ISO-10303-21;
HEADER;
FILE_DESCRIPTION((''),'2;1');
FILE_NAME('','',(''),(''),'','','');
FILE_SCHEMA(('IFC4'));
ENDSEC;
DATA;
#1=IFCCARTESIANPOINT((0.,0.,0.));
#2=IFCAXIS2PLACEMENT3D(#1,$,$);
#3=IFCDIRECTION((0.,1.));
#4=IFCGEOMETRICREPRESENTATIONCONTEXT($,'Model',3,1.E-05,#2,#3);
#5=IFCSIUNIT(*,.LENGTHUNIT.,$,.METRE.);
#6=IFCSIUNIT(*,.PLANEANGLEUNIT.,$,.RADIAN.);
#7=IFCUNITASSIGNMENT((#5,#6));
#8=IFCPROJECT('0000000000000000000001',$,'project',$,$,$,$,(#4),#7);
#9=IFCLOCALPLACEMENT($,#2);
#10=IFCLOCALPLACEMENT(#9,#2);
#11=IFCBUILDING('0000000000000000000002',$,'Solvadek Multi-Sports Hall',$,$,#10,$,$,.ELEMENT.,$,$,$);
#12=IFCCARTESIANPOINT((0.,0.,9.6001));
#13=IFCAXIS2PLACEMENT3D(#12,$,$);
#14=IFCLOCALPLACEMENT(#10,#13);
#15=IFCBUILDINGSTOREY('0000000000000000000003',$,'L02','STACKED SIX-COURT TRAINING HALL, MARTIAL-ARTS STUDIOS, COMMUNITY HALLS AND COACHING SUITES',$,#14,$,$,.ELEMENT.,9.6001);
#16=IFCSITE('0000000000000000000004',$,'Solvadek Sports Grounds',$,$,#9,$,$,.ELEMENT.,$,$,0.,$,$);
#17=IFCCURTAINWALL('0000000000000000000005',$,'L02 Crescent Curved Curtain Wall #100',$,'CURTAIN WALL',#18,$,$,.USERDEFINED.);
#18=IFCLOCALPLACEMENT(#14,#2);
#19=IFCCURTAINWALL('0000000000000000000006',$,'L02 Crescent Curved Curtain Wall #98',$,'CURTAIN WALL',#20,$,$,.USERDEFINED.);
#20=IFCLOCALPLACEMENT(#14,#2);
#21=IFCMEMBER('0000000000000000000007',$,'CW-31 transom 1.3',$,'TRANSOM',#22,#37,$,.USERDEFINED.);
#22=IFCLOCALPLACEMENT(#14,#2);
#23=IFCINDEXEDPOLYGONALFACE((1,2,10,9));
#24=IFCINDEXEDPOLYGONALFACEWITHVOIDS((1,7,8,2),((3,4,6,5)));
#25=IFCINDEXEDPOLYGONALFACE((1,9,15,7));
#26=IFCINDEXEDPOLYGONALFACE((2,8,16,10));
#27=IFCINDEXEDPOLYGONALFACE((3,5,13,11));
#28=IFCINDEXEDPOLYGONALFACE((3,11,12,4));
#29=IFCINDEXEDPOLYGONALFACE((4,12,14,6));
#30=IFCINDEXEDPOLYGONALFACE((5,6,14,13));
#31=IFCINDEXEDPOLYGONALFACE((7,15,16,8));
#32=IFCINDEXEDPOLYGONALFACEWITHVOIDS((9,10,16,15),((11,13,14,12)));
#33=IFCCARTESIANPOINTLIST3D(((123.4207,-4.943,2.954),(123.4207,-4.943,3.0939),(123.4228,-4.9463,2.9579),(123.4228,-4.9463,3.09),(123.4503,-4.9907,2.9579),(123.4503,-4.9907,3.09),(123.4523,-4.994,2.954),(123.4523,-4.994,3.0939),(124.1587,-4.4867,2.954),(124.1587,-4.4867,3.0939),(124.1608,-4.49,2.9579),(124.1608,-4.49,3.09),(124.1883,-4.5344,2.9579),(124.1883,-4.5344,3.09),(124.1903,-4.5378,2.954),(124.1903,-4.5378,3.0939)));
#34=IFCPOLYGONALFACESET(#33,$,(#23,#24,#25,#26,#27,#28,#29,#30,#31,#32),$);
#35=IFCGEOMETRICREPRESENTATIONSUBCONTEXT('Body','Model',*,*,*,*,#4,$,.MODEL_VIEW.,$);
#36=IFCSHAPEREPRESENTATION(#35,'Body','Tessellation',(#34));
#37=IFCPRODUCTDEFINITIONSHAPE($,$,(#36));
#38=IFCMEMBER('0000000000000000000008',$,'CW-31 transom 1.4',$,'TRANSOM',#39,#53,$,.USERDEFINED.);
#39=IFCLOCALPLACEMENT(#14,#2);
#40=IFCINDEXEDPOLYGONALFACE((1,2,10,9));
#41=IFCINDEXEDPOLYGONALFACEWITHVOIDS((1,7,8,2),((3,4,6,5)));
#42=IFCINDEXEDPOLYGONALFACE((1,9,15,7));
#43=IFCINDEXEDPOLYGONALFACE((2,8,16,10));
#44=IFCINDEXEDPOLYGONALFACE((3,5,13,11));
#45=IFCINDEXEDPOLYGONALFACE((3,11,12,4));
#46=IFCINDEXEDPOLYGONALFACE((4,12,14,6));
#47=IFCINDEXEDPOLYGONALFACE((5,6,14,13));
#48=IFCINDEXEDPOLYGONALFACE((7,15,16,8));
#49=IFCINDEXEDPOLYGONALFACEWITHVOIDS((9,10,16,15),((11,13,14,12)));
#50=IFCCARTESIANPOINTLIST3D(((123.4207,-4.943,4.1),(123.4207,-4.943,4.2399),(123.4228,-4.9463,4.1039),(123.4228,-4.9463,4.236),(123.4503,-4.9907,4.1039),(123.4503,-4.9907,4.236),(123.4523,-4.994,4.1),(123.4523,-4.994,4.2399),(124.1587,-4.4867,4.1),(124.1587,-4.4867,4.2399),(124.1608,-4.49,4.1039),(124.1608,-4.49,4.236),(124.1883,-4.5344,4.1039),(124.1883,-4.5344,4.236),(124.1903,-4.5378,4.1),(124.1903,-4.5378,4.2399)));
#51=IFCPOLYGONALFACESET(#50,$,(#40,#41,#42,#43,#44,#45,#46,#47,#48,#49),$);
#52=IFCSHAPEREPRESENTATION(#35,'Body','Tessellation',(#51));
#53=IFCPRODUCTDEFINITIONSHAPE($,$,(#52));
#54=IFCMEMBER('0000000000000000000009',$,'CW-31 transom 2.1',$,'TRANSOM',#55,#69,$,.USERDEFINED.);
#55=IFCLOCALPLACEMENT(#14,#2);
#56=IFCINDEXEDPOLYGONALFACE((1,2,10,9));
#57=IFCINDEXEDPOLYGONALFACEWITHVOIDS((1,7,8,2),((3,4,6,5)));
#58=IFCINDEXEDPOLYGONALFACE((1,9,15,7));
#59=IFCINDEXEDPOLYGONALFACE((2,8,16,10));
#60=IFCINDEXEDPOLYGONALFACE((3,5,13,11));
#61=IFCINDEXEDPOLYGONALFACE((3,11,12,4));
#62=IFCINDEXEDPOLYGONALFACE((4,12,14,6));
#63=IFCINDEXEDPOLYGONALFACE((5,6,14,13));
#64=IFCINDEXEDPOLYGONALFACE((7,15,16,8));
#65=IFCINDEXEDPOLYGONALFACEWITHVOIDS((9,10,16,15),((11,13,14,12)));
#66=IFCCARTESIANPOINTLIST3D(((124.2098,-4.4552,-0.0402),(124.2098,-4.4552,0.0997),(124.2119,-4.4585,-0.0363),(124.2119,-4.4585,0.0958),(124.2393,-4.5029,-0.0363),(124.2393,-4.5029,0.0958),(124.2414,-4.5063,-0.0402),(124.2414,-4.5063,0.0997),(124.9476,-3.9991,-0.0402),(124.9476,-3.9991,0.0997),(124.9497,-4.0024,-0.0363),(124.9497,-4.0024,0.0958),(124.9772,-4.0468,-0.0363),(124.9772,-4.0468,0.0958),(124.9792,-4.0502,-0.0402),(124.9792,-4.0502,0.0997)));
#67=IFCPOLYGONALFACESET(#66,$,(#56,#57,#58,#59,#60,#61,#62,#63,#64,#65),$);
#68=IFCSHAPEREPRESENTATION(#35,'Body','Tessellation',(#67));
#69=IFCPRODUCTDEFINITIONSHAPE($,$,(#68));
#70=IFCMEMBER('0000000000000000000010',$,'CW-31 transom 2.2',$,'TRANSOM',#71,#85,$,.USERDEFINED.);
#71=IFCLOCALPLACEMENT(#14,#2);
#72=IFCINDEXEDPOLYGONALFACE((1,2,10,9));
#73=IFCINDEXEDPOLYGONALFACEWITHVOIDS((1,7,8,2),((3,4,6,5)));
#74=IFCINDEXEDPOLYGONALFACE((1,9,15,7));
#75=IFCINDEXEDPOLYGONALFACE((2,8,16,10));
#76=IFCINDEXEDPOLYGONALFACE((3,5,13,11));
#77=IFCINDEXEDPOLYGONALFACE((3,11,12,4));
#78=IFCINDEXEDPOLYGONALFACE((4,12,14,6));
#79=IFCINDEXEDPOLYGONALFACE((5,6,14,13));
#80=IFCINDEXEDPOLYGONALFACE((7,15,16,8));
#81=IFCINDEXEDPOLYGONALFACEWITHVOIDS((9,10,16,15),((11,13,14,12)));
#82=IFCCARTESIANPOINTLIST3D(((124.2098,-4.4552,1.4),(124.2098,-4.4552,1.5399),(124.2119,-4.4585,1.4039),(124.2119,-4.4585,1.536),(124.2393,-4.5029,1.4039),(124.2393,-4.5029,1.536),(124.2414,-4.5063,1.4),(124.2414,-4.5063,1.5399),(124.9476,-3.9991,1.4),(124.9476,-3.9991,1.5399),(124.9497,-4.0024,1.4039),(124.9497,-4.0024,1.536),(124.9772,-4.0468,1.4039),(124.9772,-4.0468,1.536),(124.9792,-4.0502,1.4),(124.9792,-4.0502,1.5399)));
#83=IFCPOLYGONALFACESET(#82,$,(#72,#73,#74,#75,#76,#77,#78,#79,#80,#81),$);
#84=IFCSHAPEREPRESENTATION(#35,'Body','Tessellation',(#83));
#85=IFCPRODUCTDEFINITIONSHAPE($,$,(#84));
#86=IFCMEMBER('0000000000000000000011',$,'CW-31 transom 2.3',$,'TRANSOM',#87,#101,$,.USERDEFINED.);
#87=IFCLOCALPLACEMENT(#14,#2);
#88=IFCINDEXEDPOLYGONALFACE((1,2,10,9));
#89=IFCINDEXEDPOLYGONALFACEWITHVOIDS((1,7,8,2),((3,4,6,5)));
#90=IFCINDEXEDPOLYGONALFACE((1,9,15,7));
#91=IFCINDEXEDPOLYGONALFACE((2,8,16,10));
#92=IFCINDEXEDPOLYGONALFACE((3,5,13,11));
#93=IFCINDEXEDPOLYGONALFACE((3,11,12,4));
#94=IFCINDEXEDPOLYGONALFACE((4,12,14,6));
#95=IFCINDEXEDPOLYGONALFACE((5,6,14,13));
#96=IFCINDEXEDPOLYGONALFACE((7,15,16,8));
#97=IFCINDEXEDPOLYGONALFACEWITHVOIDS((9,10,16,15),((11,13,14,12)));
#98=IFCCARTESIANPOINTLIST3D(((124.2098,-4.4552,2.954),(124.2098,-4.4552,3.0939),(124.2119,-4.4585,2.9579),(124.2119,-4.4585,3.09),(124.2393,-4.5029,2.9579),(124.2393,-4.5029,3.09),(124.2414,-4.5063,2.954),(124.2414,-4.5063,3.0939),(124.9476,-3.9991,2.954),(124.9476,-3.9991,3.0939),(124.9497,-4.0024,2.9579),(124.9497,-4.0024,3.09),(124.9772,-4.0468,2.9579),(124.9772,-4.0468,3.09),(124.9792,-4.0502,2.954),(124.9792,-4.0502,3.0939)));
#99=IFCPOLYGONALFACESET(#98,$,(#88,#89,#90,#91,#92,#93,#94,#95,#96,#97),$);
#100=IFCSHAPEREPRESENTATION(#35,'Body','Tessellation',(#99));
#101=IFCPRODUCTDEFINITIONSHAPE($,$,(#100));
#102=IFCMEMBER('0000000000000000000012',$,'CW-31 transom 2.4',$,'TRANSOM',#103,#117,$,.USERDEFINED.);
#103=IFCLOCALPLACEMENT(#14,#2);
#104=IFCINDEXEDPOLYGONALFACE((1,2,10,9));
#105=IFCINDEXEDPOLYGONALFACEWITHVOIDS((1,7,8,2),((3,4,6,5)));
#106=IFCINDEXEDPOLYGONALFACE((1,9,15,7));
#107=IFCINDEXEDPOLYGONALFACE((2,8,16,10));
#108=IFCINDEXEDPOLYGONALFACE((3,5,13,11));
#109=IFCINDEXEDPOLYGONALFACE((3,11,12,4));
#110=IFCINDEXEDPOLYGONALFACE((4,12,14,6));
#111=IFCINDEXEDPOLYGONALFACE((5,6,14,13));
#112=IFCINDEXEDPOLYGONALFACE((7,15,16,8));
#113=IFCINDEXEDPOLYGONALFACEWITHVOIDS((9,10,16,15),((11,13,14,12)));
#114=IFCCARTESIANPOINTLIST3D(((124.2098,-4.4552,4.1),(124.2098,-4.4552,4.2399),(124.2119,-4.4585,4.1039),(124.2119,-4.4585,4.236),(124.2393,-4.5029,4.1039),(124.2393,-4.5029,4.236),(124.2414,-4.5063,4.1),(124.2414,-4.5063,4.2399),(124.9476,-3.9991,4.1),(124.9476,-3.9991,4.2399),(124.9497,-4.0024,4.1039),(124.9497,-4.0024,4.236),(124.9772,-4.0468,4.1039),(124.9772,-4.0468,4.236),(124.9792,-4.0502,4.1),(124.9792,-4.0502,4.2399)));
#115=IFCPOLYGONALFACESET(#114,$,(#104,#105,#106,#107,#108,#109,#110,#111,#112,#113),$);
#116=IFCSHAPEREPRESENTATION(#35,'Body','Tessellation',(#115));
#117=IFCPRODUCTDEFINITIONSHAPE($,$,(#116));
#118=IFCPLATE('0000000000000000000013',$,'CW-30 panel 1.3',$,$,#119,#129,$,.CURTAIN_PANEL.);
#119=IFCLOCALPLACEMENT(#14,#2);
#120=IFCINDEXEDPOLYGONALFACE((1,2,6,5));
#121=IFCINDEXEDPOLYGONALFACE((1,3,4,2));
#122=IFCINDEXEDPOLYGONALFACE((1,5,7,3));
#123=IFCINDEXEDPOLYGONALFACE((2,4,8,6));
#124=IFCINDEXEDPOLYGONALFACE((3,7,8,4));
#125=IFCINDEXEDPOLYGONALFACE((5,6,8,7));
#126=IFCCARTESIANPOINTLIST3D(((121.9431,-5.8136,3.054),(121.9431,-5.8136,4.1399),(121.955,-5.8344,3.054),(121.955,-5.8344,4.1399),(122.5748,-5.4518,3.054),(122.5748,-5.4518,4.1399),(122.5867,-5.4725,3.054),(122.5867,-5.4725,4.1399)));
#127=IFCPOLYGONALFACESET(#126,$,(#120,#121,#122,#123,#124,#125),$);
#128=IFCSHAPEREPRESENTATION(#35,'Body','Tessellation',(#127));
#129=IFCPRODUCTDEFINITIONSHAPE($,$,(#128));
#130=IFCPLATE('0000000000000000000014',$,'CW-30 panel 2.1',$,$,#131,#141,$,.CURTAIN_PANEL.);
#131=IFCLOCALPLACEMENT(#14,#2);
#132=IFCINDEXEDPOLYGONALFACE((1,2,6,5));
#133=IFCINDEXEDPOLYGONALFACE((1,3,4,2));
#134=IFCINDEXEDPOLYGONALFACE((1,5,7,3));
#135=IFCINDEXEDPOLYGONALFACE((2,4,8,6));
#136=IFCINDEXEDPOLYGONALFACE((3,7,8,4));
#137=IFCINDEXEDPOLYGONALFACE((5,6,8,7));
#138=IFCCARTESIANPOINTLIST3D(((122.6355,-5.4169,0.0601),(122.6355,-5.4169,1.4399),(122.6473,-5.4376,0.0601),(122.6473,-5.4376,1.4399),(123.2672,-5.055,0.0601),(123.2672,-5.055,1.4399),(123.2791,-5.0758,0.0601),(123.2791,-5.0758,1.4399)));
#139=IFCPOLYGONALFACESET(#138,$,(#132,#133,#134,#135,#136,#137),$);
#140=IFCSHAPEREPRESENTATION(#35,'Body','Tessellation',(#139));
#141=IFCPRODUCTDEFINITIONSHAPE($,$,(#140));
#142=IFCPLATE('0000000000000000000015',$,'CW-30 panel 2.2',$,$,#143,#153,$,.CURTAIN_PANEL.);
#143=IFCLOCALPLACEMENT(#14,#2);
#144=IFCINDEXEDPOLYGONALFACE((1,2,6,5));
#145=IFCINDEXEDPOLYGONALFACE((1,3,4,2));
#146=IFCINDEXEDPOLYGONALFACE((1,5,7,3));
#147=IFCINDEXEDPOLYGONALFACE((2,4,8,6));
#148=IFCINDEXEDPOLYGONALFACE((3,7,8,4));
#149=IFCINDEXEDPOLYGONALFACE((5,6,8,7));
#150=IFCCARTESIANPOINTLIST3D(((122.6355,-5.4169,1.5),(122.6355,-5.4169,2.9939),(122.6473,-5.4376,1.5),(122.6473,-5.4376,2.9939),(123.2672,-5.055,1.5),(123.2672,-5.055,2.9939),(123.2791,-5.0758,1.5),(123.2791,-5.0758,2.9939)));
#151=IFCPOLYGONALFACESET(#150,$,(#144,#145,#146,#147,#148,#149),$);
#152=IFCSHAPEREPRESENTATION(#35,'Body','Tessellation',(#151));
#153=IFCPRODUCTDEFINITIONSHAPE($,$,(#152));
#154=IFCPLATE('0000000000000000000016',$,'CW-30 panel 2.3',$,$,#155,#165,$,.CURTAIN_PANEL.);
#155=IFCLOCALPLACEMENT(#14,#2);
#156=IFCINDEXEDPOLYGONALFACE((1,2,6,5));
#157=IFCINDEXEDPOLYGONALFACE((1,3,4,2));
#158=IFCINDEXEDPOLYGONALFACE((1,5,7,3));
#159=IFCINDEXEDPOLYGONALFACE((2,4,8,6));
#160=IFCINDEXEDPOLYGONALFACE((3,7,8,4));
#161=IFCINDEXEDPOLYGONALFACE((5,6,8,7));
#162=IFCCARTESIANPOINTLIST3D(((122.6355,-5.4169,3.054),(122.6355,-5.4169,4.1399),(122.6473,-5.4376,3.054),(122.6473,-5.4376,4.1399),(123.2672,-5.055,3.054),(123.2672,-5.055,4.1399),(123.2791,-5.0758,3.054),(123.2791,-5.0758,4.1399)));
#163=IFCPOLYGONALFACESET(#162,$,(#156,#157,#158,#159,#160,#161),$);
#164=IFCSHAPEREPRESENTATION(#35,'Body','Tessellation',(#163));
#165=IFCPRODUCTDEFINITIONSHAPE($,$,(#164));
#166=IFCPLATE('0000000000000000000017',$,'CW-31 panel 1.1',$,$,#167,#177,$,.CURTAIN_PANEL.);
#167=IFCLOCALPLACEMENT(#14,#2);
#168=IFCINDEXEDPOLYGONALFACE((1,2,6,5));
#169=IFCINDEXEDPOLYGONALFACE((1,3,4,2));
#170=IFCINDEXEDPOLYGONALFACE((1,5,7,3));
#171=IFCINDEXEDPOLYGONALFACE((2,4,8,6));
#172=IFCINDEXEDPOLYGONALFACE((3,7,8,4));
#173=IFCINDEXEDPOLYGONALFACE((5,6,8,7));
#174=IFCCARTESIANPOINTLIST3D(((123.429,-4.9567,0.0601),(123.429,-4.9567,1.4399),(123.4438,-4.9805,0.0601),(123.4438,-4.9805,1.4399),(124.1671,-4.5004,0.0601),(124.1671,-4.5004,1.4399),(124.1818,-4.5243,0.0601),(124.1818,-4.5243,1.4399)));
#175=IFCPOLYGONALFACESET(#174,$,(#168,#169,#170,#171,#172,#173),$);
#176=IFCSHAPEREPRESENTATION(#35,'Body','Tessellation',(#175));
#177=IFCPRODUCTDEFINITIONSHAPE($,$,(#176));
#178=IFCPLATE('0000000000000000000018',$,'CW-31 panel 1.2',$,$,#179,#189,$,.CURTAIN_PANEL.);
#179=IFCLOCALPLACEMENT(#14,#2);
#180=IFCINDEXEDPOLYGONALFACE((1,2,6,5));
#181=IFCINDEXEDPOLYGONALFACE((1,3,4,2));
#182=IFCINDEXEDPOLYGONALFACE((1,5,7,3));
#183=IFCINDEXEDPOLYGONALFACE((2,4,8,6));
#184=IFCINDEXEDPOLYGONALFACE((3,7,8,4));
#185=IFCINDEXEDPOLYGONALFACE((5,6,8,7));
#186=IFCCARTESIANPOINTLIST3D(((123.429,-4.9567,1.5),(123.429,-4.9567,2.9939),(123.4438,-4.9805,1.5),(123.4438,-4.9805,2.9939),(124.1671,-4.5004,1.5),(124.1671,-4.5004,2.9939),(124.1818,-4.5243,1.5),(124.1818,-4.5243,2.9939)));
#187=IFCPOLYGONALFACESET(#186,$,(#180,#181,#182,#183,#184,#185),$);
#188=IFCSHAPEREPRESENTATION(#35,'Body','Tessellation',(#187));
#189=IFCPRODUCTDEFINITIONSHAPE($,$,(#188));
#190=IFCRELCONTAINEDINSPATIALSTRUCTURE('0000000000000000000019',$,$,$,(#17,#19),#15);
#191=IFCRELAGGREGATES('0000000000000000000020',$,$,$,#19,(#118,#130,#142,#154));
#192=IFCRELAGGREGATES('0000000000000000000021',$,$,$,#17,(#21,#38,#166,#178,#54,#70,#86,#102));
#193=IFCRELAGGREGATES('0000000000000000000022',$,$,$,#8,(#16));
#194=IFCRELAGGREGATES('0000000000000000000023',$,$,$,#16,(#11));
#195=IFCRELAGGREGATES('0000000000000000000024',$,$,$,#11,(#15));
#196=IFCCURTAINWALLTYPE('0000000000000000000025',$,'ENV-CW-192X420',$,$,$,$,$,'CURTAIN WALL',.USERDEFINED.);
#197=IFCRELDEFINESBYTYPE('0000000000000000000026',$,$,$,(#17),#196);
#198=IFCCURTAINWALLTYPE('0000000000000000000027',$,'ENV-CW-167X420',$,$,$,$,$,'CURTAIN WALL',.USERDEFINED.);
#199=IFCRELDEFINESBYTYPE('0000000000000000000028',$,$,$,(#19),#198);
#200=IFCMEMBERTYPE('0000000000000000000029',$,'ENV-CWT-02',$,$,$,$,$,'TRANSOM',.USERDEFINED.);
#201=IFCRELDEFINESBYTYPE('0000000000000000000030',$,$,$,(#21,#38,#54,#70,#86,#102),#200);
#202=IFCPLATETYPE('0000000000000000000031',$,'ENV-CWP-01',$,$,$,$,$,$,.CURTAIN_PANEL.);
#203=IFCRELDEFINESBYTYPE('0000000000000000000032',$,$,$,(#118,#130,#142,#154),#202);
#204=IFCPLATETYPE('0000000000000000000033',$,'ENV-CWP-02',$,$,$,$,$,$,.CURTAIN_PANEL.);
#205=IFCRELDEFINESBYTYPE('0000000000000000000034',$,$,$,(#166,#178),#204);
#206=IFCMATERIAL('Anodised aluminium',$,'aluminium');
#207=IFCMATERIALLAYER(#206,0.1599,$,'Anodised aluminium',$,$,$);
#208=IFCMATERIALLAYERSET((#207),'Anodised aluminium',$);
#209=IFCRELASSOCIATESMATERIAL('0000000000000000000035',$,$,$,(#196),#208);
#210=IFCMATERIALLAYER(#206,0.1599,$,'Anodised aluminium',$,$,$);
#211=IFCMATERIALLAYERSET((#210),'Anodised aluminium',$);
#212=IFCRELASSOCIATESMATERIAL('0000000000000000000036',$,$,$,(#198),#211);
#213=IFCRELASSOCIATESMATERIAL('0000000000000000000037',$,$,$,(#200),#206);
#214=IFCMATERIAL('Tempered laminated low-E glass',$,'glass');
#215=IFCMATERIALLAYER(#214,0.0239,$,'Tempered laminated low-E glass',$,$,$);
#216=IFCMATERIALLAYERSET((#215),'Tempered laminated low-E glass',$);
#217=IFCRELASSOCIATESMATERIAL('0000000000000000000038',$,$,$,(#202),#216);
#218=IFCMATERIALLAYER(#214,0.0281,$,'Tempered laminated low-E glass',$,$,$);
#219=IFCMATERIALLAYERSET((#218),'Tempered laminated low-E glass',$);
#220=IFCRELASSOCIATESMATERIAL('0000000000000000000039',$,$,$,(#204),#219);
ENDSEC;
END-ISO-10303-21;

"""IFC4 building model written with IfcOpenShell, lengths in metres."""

from ifc_helpers import new_model, si_unit, direction, frame, origin, origin_2d, place, context, subcontext, project, spatial, rectangle, hollow_rectangle, extrude, material, layer, layer_set, material_profile, profile_set, type_object, element, aggregate, save


model = new_model("IFC4")

# Units and contexts
model_context = context("Model", 3, precision=1e-05, world=origin(), true_north=direction((0.0, 1.0)))
body_context = subcontext(model_context, "Body", "Model", "MODEL_VIEW")
ifc_project = project(units=[si_unit("LENGTHUNIT", "METRE"), si_unit("PLANEANGLEUNIT", "RADIAN")], contexts=[model_context])

# Site, building, storey
site_placement = place(None, origin())
site = spatial("IfcSite", under=ifc_project, at=site_placement, Name="Solvadek Sports Grounds", CompositionType="ELEMENT", RefElevation=0.0)
building_placement = place(site_placement, origin())
building = spatial("IfcBuilding", under=site, at=building_placement, Name="Solvadek Multi-Sports Hall", CompositionType="ELEMENT")
storey_placement = place(building_placement, frame((0.0, 0.0, 9.6001)))
storey = spatial("IfcBuildingStorey", under=building, at=storey_placement, Name="L02", Description="STACKED SIX-COURT TRAINING HALL, MARTIAL-ARTS STUDIOS, COMMUNITY HALLS AND COACHING SUITES", CompositionType="ELEMENT", Elevation=9.6001)

# Curtain walls
ifc_material_1 = material(Name="Anodised aluminium", Category="aluminium")
ifc_layer_1 = layer(ifc_material_1, 0.1599, Name="Anodised aluminium")
ifc_layer_set_1 = layer_set([ifc_layer_1], Name="Anodised aluminium")
curtain_wall_type_1 = type_object("IfcCurtainWallType", Name="ENV-CW-192X420", ElementType="CURTAIN WALL", PredefinedType="USERDEFINED", material=ifc_layer_set_1)
curtain_wall_1_placement = place(storey_placement, origin())
curtain_wall_1 = element("IfcCurtainWall", 1, at=curtain_wall_1_placement, inside=storey, type_object=curtain_wall_type_1, Name="L02 Crescent Curved Curtain Wall #100", ObjectType="CURTAIN WALL", PredefinedType="USERDEFINED")
ifc_layer_2 = layer(ifc_material_1, 0.1599, Name="Anodised aluminium")
ifc_layer_set_2 = layer_set([ifc_layer_2], Name="Anodised aluminium")
curtain_wall_type_2 = type_object("IfcCurtainWallType", Name="ENV-CW-167X420", ElementType="CURTAIN WALL", PredefinedType="USERDEFINED", material=ifc_layer_set_2)
curtain_wall_2_placement = place(storey_placement, origin())
curtain_wall_2 = element("IfcCurtainWall", 2, at=curtain_wall_2_placement, inside=storey, type_object=curtain_wall_type_2, Name="L02 Crescent Curved Curtain Wall #98", ObjectType="CURTAIN WALL", PredefinedType="USERDEFINED")

# Members
ifc_material_profile_1 = material_profile(ifc_material_1, hollow_rectangle(XDim=0.0601, YDim=0.1399, WallThickness=0.0039, at=origin_2d()), Name="ALU-T 140x60x4")
ifc_profile_set_1 = profile_set([ifc_material_profile_1], Name="Anodised aluminium")
member_type_1 = type_object("IfcMemberType", Name="ENV-CWT-02", ElementType="TRANSOM", PredefinedType="USERDEFINED", material=ifc_profile_set_1)
member_1_placement = place(storey_placement, frame((123.4365, -4.9685, 3.0239), z_axis=(0.850565, 0.52587, 0.0), x_axis=(-0.52587, 0.850565, 0.0)))
member_1 = element("IfcMember", 3, at=member_1_placement, type_object=member_type_1, Name="CW-31 transom 1.3", ObjectType="TRANSOM", PredefinedType="USERDEFINED", context=body_context, shape_type="SweptSolid", body=[
    extrude(hollow_rectangle(XDim=0.0601, YDim=0.1399, WallThickness=0.0039, at=origin_2d()), origin(), (0.0, 0.0, 1.0), 0.8677),
])
member_2_placement = place(storey_placement, frame((123.4365, -4.9685, 4.1699), z_axis=(0.850565, 0.52587, 0.0), x_axis=(-0.52587, 0.850565, 0.0)))
member_2 = element("IfcMember", 4, at=member_2_placement, type_object=member_type_1, Name="CW-31 transom 1.4", ObjectType="TRANSOM", PredefinedType="USERDEFINED", context=body_context, shape_type="SweptSolid", body=[
    extrude(hollow_rectangle(XDim=0.0601, YDim=0.1399, WallThickness=0.0039, at=origin_2d()), origin(), (0.0, 0.0, 1.0), 0.8677),
])
member_3_placement = place(storey_placement, frame((124.2256, -4.4807, 0.0298), z_axis=(0.850613, 0.525792, 0.0), x_axis=(-0.525792, 0.850613, 0.0)))
member_3 = element("IfcMember", 5, at=member_3_placement, type_object=member_type_1, Name="CW-31 transom 2.1", ObjectType="TRANSOM", PredefinedType="USERDEFINED", context=body_context, shape_type="SweptSolid", body=[
    extrude(hollow_rectangle(XDim=0.0601, YDim=0.1399, WallThickness=0.0039, at=origin_2d()), origin(), (0.0, 0.0, 1.0), 0.8674),
])
member_4_placement = place(storey_placement, frame((124.2256, -4.4807, 1.47), z_axis=(0.850613, 0.525792, 0.0), x_axis=(-0.525792, 0.850613, 0.0)))
member_4 = element("IfcMember", 6, at=member_4_placement, type_object=member_type_1, Name="CW-31 transom 2.2", ObjectType="TRANSOM", PredefinedType="USERDEFINED", context=body_context, shape_type="SweptSolid", body=[
    extrude(hollow_rectangle(XDim=0.0601, YDim=0.1399, WallThickness=0.0039, at=origin_2d()), origin(), (0.0, 0.0, 1.0), 0.8674),
])
member_5_placement = place(storey_placement, frame((124.2256, -4.4807, 3.0239), z_axis=(0.850613, 0.525792, 0.0), x_axis=(-0.525792, 0.850613, 0.0)))
member_5 = element("IfcMember", 7, at=member_5_placement, type_object=member_type_1, Name="CW-31 transom 2.3", ObjectType="TRANSOM", PredefinedType="USERDEFINED", context=body_context, shape_type="SweptSolid", body=[
    extrude(hollow_rectangle(XDim=0.0601, YDim=0.1399, WallThickness=0.0039, at=origin_2d()), origin(), (0.0, 0.0, 1.0), 0.8674),
])
member_6_placement = place(storey_placement, frame((124.2256, -4.4807, 4.1699), z_axis=(0.850613, 0.525792, 0.0), x_axis=(-0.525792, 0.850613, 0.0)))
member_6 = element("IfcMember", 8, at=member_6_placement, type_object=member_type_1, Name="CW-31 transom 2.4", ObjectType="TRANSOM", PredefinedType="USERDEFINED", context=body_context, shape_type="SweptSolid", body=[
    extrude(hollow_rectangle(XDim=0.0601, YDim=0.1399, WallThickness=0.0039, at=origin_2d()), origin(), (0.0, 0.0, 1.0), 0.8674),
])

# Plates
ifc_material_2 = material(Name="Tempered laminated low-E glass", Category="glass")
ifc_layer_3 = layer(ifc_material_2, 0.0239, Name="Tempered laminated low-E glass")
ifc_layer_set_3 = layer_set([ifc_layer_3], Name="Tempered laminated low-E glass")
plate_type_1 = type_object("IfcPlateType", Name="ENV-CWP-01", PredefinedType="CURTAIN_PANEL", material=ifc_layer_set_3)
plate_1_placement = place(storey_placement, frame((122.2649, -5.6431, 3.054), z_axis=(0.0, 0.0, 1.0), x_axis=(0.867755, 0.496992, 0.0)))
plate_1 = element("IfcPlate", 9, at=plate_1_placement, type_object=plate_type_1, Name="CW-30 panel 1.3", PredefinedType="CURTAIN_PANEL", context=body_context, shape_type="SweptSolid", body=[
    extrude(rectangle(XDim=0.728, YDim=0.0239, at=origin_2d()), origin(), (0.0, 0.0, 1.0), 1.0859),
])
plate_2_placement = place(storey_placement, frame((122.9573, -5.2463, 0.0601), z_axis=(0.0, 0.0, 1.0), x_axis=(0.867755, 0.496992, 0.0)))
plate_2 = element("IfcPlate", 10, at=plate_2_placement, type_object=plate_type_1, Name="CW-30 panel 2.1", PredefinedType="CURTAIN_PANEL", context=body_context, shape_type="SweptSolid", body=[
    extrude(rectangle(XDim=0.728, YDim=0.0239, at=origin_2d()), origin(), (0.0, 0.0, 1.0), 1.3799),
])
plate_3_placement = place(storey_placement, frame((122.9573, -5.2463, 1.5), z_axis=(0.0, 0.0, 1.0), x_axis=(0.867755, 0.496992, 0.0)))
plate_3 = element("IfcPlate", 11, at=plate_3_placement, type_object=plate_type_1, Name="CW-30 panel 2.2", PredefinedType="CURTAIN_PANEL", context=body_context, shape_type="SweptSolid", body=[
    extrude(rectangle(XDim=0.728, YDim=0.0239, at=origin_2d()), origin(), (0.0, 0.0, 1.0), 1.4939),
])
plate_4_placement = place(storey_placement, frame((122.9573, -5.2463, 3.054), z_axis=(0.0, 0.0, 1.0), x_axis=(0.867755, 0.496992, 0.0)))
plate_4 = element("IfcPlate", 12, at=plate_4_placement, type_object=plate_type_1, Name="CW-30 panel 2.3", PredefinedType="CURTAIN_PANEL", context=body_context, shape_type="SweptSolid", body=[
    extrude(rectangle(XDim=0.728, YDim=0.0239, at=origin_2d()), origin(), (0.0, 0.0, 1.0), 1.0859),
])
aggregate(curtain_wall_2, [plate_1, plate_2, plate_3, plate_4])
ifc_layer_4 = layer(ifc_material_2, 0.0281, Name="Tempered laminated low-E glass")
ifc_layer_set_4 = layer_set([ifc_layer_4], Name="Tempered laminated low-E glass")
plate_type_2 = type_object("IfcPlateType", Name="ENV-CWP-02", PredefinedType="CURTAIN_PANEL", material=ifc_layer_set_4)
plate_5_placement = place(storey_placement, frame((123.8054, -4.7405, 0.0601), z_axis=(0.0, 0.0, 1.0), x_axis=(0.850599, 0.525815, 0.0)))
plate_5 = element("IfcPlate", 13, at=plate_5_placement, type_object=plate_type_2, Name="CW-31 panel 1.1", PredefinedType="CURTAIN_PANEL", context=body_context, shape_type="SweptSolid", body=[
    extrude(rectangle(XDim=0.8677, YDim=0.0281, at=origin_2d()), origin(), (0.0, 0.0, 1.0), 1.3799),
])
plate_6_placement = place(storey_placement, frame((123.8054, -4.7405, 1.5), z_axis=(0.0, 0.0, 1.0), x_axis=(0.850599, 0.525815, 0.0)))
plate_6 = element("IfcPlate", 14, at=plate_6_placement, type_object=plate_type_2, Name="CW-31 panel 1.2", PredefinedType="CURTAIN_PANEL", context=body_context, shape_type="SweptSolid", body=[
    extrude(rectangle(XDim=0.8677, YDim=0.0281, at=origin_2d()), origin(), (0.0, 0.0, 1.0), 1.4939),
])
aggregate(curtain_wall_1, [member_1, member_2, plate_5, plate_6, member_3, member_4, member_5, member_6])

save(model, "model.ifc")
